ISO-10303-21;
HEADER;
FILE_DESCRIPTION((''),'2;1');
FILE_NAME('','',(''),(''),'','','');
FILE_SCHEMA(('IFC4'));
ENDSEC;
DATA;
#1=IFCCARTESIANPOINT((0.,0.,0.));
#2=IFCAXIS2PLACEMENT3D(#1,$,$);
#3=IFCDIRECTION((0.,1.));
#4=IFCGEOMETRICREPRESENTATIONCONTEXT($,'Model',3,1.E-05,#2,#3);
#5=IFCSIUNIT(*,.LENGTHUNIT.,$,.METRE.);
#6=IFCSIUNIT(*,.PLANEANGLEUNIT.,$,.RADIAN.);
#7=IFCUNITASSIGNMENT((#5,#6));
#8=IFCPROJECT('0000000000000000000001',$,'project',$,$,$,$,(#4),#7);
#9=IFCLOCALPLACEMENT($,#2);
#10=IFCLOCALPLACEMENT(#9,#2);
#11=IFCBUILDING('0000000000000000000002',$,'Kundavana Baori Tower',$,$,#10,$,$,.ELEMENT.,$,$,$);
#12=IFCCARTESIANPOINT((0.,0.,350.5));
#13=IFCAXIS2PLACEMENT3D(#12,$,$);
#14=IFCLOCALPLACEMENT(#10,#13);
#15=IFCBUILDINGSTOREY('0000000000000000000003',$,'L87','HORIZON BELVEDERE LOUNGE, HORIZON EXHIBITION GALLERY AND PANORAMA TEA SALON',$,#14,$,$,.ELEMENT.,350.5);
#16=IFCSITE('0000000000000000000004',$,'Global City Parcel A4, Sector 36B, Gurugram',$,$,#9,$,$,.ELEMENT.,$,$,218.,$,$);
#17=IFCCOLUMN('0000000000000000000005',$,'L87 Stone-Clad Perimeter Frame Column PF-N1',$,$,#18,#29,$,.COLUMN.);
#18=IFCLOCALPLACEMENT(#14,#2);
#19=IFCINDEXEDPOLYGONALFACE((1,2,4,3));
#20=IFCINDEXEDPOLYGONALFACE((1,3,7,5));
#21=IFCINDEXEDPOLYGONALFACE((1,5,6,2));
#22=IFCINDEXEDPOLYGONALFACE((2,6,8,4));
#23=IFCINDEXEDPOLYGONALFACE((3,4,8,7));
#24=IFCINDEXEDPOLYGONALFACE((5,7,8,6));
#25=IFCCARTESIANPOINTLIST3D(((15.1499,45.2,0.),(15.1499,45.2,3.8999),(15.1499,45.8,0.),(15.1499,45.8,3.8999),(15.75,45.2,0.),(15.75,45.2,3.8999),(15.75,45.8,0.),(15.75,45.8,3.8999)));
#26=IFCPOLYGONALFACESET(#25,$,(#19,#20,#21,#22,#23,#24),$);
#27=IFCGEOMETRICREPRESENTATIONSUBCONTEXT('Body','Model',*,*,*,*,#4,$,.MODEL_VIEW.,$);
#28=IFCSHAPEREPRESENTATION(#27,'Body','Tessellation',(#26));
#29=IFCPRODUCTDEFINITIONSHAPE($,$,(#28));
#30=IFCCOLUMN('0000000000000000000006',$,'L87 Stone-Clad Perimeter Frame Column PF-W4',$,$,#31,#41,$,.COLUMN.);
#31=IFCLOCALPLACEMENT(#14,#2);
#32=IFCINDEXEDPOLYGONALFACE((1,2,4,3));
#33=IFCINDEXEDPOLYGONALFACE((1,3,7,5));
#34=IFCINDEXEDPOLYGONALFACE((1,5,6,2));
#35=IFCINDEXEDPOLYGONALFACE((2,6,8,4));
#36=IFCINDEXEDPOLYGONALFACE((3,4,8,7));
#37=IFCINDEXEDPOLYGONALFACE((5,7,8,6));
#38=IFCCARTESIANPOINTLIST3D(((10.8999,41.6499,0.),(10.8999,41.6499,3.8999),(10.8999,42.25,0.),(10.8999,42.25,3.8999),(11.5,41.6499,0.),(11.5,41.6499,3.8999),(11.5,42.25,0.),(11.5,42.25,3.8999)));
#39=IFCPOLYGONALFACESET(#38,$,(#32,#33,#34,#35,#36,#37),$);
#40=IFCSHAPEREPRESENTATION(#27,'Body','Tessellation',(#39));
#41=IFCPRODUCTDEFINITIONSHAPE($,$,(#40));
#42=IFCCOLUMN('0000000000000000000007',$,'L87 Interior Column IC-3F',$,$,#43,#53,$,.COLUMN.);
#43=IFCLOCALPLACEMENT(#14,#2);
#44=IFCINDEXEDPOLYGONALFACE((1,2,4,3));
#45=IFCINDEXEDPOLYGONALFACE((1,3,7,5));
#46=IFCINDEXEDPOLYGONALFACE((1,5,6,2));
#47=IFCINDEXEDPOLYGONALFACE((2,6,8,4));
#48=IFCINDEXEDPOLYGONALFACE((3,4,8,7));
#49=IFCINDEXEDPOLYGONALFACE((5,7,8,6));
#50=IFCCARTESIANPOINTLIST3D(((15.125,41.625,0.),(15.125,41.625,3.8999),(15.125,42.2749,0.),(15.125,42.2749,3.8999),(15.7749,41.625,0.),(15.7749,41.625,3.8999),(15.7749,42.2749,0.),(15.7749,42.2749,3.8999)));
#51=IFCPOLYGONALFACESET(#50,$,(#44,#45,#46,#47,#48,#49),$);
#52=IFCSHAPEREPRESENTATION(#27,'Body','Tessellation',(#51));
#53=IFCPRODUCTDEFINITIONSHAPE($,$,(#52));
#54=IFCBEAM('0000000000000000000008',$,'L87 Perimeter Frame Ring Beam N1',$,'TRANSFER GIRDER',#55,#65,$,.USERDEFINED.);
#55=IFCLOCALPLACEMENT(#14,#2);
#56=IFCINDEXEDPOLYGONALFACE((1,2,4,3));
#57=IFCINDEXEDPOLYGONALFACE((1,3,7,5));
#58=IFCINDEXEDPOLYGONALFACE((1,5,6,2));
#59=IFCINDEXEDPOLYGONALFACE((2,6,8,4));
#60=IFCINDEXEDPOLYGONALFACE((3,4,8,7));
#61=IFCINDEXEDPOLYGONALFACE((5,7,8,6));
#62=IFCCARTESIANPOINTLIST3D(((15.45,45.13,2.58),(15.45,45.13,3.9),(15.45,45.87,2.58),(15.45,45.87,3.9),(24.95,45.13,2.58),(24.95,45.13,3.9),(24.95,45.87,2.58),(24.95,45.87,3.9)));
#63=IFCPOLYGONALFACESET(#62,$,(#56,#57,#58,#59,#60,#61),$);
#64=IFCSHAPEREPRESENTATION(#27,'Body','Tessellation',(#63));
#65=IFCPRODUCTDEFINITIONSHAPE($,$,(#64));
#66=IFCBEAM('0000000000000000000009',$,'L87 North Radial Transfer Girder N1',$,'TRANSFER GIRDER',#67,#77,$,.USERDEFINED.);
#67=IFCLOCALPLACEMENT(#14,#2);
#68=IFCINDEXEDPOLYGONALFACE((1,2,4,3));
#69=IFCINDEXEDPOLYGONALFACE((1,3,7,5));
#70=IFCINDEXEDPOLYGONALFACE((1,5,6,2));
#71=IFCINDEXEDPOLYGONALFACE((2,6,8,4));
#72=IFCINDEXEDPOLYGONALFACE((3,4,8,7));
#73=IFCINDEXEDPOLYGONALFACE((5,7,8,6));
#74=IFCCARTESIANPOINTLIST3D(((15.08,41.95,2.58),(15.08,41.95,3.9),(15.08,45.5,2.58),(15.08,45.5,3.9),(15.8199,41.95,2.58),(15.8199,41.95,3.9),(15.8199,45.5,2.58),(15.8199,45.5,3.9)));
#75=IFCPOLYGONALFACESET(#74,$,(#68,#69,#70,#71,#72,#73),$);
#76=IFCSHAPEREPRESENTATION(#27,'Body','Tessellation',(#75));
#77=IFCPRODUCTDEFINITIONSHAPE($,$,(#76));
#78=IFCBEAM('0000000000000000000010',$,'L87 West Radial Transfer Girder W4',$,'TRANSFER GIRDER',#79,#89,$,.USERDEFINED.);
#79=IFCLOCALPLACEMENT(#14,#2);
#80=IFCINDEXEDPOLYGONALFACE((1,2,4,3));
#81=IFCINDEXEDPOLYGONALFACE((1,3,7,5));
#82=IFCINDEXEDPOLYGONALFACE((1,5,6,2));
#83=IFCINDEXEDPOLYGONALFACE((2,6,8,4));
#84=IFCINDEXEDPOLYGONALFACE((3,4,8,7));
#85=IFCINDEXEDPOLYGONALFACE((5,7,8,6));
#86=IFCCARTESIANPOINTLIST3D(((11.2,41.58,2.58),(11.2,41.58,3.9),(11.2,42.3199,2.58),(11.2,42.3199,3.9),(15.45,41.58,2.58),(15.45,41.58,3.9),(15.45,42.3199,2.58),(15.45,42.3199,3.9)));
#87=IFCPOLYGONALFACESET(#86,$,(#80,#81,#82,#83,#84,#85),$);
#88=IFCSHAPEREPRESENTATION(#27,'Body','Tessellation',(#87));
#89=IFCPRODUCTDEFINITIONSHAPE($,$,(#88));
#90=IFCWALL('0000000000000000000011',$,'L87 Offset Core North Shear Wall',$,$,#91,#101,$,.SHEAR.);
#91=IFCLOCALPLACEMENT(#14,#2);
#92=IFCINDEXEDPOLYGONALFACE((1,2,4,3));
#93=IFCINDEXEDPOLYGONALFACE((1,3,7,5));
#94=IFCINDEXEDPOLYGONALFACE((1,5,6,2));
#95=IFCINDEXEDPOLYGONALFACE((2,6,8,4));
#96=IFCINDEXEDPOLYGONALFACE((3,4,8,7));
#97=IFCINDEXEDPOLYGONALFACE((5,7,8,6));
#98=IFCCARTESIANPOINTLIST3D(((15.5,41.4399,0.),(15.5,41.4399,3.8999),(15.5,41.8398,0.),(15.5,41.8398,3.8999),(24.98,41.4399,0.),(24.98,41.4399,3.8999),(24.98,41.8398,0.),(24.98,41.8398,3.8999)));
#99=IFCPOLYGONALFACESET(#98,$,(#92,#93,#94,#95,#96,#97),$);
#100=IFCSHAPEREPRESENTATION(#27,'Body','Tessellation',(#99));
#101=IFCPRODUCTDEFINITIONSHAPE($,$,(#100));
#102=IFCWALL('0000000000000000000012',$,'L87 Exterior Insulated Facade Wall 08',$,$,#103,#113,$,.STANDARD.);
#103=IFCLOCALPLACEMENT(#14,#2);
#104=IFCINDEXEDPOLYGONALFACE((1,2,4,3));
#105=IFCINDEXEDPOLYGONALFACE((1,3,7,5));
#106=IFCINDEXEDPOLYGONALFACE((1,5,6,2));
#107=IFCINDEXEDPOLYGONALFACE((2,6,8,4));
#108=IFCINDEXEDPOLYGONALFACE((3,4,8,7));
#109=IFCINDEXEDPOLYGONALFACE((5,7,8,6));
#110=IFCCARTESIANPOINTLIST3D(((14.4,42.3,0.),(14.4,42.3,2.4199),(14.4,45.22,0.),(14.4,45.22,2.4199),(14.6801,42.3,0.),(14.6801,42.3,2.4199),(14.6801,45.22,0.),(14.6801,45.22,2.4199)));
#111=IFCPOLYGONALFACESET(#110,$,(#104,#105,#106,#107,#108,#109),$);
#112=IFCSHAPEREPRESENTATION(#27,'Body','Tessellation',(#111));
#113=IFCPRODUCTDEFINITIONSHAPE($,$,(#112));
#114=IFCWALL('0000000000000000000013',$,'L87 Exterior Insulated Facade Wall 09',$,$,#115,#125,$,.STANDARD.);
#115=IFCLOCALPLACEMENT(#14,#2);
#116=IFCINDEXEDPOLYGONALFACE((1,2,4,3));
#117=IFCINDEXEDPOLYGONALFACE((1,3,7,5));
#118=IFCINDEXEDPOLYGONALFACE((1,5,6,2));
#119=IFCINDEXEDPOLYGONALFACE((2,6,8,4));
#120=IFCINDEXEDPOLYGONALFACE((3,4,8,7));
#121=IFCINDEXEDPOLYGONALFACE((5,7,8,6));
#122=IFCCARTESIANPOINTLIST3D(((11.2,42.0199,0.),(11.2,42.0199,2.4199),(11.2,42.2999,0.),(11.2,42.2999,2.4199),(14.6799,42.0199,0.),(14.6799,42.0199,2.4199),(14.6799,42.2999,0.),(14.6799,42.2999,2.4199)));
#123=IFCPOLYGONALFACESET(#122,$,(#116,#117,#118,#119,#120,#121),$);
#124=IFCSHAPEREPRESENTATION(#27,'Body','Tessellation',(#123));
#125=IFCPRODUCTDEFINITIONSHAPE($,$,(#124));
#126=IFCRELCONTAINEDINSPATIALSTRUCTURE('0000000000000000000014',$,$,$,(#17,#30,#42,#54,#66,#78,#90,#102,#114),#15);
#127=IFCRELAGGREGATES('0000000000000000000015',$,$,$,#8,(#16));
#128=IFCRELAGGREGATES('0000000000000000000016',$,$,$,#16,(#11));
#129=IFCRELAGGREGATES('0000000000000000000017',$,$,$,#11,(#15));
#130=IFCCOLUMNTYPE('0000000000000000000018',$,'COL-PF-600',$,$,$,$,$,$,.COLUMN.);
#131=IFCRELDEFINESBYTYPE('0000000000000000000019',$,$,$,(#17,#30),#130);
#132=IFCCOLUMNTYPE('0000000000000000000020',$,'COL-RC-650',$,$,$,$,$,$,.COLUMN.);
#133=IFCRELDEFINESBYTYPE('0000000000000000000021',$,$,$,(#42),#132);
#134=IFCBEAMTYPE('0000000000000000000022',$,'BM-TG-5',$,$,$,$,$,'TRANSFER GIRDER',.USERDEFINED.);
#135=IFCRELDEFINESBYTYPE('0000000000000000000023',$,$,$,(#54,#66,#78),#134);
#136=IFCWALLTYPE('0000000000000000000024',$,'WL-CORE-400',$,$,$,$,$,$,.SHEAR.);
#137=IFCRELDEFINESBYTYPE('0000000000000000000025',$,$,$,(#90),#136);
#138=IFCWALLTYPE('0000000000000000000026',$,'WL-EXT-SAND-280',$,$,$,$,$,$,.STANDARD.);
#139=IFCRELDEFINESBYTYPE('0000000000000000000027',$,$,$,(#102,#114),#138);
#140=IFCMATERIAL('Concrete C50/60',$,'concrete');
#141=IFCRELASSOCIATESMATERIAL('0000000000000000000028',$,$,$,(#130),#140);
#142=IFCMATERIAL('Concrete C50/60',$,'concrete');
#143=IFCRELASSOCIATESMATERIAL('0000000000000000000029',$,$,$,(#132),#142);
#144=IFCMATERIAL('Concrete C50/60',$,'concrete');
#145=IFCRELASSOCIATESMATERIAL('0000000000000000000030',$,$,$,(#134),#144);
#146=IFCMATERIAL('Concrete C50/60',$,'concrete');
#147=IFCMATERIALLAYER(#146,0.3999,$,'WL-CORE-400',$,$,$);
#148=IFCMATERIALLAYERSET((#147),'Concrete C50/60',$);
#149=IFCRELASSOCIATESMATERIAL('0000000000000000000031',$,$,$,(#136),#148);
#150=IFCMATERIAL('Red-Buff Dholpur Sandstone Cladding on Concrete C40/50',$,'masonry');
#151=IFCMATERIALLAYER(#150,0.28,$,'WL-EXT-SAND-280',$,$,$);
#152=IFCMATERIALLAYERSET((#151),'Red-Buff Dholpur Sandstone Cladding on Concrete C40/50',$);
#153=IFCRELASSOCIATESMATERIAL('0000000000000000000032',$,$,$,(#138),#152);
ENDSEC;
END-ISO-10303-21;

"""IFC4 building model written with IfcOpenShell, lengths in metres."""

from ifc_helpers import new_model, si_unit, direction, frame, frame_2d, origin, origin_2d, place, context, subcontext, project, spatial, rectangle, extrude, material, layer, layer_set, material_profile, profile_set, type_object, element, save


model = new_model("IFC4")

# Units and contexts
model_context = context("Model", 3, precision=1e-05, world=origin(), true_north=direction((0.0, 1.0)))
body_context = subcontext(model_context, "Body", "Model", "MODEL_VIEW")
ifc_project = project(units=[si_unit("LENGTHUNIT", "METRE"), si_unit("PLANEANGLEUNIT", "RADIAN")], contexts=[model_context])

# Site, building, storey
site_placement = place(None, origin())
site = spatial("IfcSite", under=ifc_project, at=site_placement, Name="Global City Parcel A4, Sector 36B, Gurugram", CompositionType="ELEMENT", RefElevation=218.0)
building_placement = place(site_placement, origin())
building = spatial("IfcBuilding", under=site, at=building_placement, Name="Kundavana Baori Tower", CompositionType="ELEMENT")
storey_placement = place(building_placement, frame((0.0, 0.0, 350.5)))
storey = spatial("IfcBuildingStorey", under=building, at=storey_placement, Name="L87", Description="HORIZON BELVEDERE LOUNGE, HORIZON EXHIBITION GALLERY AND PANORAMA TEA SALON", CompositionType="ELEMENT", Elevation=350.5)

# Columns
ifc_material_1 = material(Name="Concrete C50/60", Category="concrete")
ifc_material_profile_1 = material_profile(ifc_material_1, rectangle(XDim=0.6001, YDim=0.6001, at=origin_2d()), Name="RC PF 600x600")
ifc_profile_set_1 = profile_set([ifc_material_profile_1], Name="Concrete C50/60")
column_type_1 = type_object("IfcColumnType", Name="COL-PF-600", PredefinedType="COLUMN", material=ifc_profile_set_1)
for number, where, z_axis, x_axis, name in (
    (1, (15.45, 45.5, 0.0), (0.0, 0.0, 1.0), (1.0, 0.0, 0.0), "L87 Stone-Clad Perimeter Frame Column PF-N1"),
    (2, (11.2, 41.95, 0.0), (0.0, 0.0, 1.0), (1.0, 0.0, 0.0), "L87 Stone-Clad Perimeter Frame Column PF-W4"),
):
    element("IfcColumn", number, at=place(storey_placement, frame(where, z_axis=z_axis, x_axis=x_axis)), inside=storey, type_object=column_type_1, Name=name, PredefinedType="COLUMN", context=body_context, shape_type="SweptSolid", body=[
        extrude(rectangle(XDim=0.6001, YDim=0.6001, at=origin_2d()), origin(), (0.0, 0.0, 1.0), 3.8999),
    ])
ifc_material_2 = material(Name="Concrete C50/60", Category="concrete")
ifc_material_profile_2 = material_profile(ifc_material_2, rectangle(XDim=0.6499, YDim=0.6499, at=origin_2d()), Name="RC 650x650")
ifc_profile_set_2 = profile_set([ifc_material_profile_2], Name="Concrete C50/60")
column_type_2 = type_object("IfcColumnType", Name="COL-RC-650", PredefinedType="COLUMN", material=ifc_profile_set_2)
column_placement = place(storey_placement, frame((15.45, 41.95, 0.0), z_axis=(0.0, 0.0, 1.0), x_axis=(1.0, 0.0, 0.0)))
element("IfcColumn", 3, at=column_placement, inside=storey, type_object=column_type_2, Name="L87 Interior Column IC-3F", PredefinedType="COLUMN", context=body_context, shape_type="SweptSolid", body=[
    extrude(rectangle(XDim=0.6499, YDim=0.6499, at=origin_2d()), origin(), (0.0, 0.0, 1.0), 3.8999),
])

# Beams
ifc_material_3 = material(Name="Concrete C50/60", Category="concrete")
ifc_material_profile_3 = material_profile(ifc_material_3, rectangle(XDim=0.74, YDim=1.3201, at=origin_2d()), Name="BM-TG-5")
ifc_profile_set_3 = profile_set([ifc_material_profile_3], Name="Concrete C50/60")
beam_type = type_object("IfcBeamType", Name="BM-TG-5", ElementType="TRANSFER GIRDER", PredefinedType="USERDEFINED", material=ifc_profile_set_3)
beam_1_placement = place(storey_placement, frame((15.45, 45.5, 3.24), z_axis=(1.0, 0.0, 0.0), x_axis=(0.0, 1.0, 0.0)))
element("IfcBeam", 4, at=beam_1_placement, inside=storey, type_object=beam_type, Name="L87 Perimeter Frame Ring Beam N1", ObjectType="TRANSFER GIRDER", PredefinedType="USERDEFINED", context=body_context, shape_type="SweptSolid", body=[
    extrude(rectangle(XDim=0.74, YDim=1.3201, at=origin_2d()), origin(), (0.0, 0.0, 1.0), 9.5),
])
beam_2_placement = place(storey_placement, frame((15.45, 41.95, 3.24), z_axis=(0.0, 1.0, 0.0), x_axis=(-1.0, 0.0, 0.0)))
element("IfcBeam", 5, at=beam_2_placement, inside=storey, type_object=beam_type, Name="L87 North Radial Transfer Girder N1", ObjectType="TRANSFER GIRDER", PredefinedType="USERDEFINED", context=body_context, shape_type="SweptSolid", body=[
    extrude(rectangle(XDim=0.74, YDim=1.3201, at=origin_2d()), origin(), (0.0, 0.0, 1.0), 3.55),
])
beam_3_placement = place(storey_placement, frame((15.45, 41.95, 3.24), z_axis=(-1.0, 0.0, 0.0), x_axis=(0.0, -1.0, 0.0)))
element("IfcBeam", 6, at=beam_3_placement, inside=storey, type_object=beam_type, Name="L87 West Radial Transfer Girder W4", ObjectType="TRANSFER GIRDER", PredefinedType="USERDEFINED", context=body_context, shape_type="SweptSolid", body=[
    extrude(rectangle(XDim=0.74, YDim=1.3201, at=origin_2d()), origin(), (0.0, 0.0, 1.0), 4.25),
])

# Walls
ifc_material_4 = material(Name="Concrete C50/60", Category="concrete")
ifc_layer_1 = layer(ifc_material_4, 0.3999, Name="WL-CORE-400")
ifc_layer_set_1 = layer_set([ifc_layer_1], Name="Concrete C50/60")
wall_type_1 = type_object("IfcWallType", Name="WL-CORE-400", PredefinedType="SHEAR", material=ifc_layer_set_1)
wall_1_placement = place(storey_placement, frame((15.5, 41.6399, 0.0), z_axis=(0.0, 0.0, 1.0), x_axis=(1.0, 0.0, 0.0)))
element("IfcWall", 7, at=wall_1_placement, inside=storey, type_object=wall_type_1, Name="L87 Offset Core North Shear Wall", PredefinedType="SHEAR", context=body_context, shape_type="SweptSolid", body=[
    extrude(rectangle(XDim=9.48, YDim=0.3999, at=frame_2d((4.74, 0.0))), origin(), (0.0, 0.0, 1.0), 3.8999),
])
ifc_material_5 = material(Name="Red-Buff Dholpur Sandstone Cladding on Concrete C40/50", Category="masonry")
ifc_layer_2 = layer(ifc_material_5, 0.28, Name="WL-EXT-SAND-280")
ifc_layer_set_2 = layer_set([ifc_layer_2], Name="Red-Buff Dholpur Sandstone Cladding on Concrete C40/50")
wall_type_2 = type_object("IfcWallType", Name="WL-EXT-SAND-280", PredefinedType="STANDARD", material=ifc_layer_set_2)
wall_2_placement = place(storey_placement, frame((14.54, 45.22, 0.0), z_axis=(0.0, 0.0, 1.0), x_axis=(0.0, -1.0, 0.0)))
element("IfcWall", 8, at=wall_2_placement, inside=storey, type_object=wall_type_2, Name="L87 Exterior Insulated Facade Wall 08", PredefinedType="STANDARD", context=body_context, shape_type="SweptSolid", body=[
    extrude(rectangle(XDim=2.9199, YDim=0.28, at=frame_2d((1.46, 0.0))), origin(), (0.0, 0.0, 1.0), 2.4199),
])
wall_3_placement = place(storey_placement, frame((14.6799, 42.1599, 0.0), z_axis=(0.0, 0.0, 1.0), x_axis=(-1.0, 0.0, 0.0)))
element("IfcWall", 9, at=wall_3_placement, inside=storey, type_object=wall_type_2, Name="L87 Exterior Insulated Facade Wall 09", PredefinedType="STANDARD", context=body_context, shape_type="SweptSolid", body=[
    extrude(rectangle(XDim=3.48, YDim=0.28, at=frame_2d((1.74, 0.0))), origin(), (0.0, 0.0, 1.0), 2.4199),
])

save(model, "model.ifc")
